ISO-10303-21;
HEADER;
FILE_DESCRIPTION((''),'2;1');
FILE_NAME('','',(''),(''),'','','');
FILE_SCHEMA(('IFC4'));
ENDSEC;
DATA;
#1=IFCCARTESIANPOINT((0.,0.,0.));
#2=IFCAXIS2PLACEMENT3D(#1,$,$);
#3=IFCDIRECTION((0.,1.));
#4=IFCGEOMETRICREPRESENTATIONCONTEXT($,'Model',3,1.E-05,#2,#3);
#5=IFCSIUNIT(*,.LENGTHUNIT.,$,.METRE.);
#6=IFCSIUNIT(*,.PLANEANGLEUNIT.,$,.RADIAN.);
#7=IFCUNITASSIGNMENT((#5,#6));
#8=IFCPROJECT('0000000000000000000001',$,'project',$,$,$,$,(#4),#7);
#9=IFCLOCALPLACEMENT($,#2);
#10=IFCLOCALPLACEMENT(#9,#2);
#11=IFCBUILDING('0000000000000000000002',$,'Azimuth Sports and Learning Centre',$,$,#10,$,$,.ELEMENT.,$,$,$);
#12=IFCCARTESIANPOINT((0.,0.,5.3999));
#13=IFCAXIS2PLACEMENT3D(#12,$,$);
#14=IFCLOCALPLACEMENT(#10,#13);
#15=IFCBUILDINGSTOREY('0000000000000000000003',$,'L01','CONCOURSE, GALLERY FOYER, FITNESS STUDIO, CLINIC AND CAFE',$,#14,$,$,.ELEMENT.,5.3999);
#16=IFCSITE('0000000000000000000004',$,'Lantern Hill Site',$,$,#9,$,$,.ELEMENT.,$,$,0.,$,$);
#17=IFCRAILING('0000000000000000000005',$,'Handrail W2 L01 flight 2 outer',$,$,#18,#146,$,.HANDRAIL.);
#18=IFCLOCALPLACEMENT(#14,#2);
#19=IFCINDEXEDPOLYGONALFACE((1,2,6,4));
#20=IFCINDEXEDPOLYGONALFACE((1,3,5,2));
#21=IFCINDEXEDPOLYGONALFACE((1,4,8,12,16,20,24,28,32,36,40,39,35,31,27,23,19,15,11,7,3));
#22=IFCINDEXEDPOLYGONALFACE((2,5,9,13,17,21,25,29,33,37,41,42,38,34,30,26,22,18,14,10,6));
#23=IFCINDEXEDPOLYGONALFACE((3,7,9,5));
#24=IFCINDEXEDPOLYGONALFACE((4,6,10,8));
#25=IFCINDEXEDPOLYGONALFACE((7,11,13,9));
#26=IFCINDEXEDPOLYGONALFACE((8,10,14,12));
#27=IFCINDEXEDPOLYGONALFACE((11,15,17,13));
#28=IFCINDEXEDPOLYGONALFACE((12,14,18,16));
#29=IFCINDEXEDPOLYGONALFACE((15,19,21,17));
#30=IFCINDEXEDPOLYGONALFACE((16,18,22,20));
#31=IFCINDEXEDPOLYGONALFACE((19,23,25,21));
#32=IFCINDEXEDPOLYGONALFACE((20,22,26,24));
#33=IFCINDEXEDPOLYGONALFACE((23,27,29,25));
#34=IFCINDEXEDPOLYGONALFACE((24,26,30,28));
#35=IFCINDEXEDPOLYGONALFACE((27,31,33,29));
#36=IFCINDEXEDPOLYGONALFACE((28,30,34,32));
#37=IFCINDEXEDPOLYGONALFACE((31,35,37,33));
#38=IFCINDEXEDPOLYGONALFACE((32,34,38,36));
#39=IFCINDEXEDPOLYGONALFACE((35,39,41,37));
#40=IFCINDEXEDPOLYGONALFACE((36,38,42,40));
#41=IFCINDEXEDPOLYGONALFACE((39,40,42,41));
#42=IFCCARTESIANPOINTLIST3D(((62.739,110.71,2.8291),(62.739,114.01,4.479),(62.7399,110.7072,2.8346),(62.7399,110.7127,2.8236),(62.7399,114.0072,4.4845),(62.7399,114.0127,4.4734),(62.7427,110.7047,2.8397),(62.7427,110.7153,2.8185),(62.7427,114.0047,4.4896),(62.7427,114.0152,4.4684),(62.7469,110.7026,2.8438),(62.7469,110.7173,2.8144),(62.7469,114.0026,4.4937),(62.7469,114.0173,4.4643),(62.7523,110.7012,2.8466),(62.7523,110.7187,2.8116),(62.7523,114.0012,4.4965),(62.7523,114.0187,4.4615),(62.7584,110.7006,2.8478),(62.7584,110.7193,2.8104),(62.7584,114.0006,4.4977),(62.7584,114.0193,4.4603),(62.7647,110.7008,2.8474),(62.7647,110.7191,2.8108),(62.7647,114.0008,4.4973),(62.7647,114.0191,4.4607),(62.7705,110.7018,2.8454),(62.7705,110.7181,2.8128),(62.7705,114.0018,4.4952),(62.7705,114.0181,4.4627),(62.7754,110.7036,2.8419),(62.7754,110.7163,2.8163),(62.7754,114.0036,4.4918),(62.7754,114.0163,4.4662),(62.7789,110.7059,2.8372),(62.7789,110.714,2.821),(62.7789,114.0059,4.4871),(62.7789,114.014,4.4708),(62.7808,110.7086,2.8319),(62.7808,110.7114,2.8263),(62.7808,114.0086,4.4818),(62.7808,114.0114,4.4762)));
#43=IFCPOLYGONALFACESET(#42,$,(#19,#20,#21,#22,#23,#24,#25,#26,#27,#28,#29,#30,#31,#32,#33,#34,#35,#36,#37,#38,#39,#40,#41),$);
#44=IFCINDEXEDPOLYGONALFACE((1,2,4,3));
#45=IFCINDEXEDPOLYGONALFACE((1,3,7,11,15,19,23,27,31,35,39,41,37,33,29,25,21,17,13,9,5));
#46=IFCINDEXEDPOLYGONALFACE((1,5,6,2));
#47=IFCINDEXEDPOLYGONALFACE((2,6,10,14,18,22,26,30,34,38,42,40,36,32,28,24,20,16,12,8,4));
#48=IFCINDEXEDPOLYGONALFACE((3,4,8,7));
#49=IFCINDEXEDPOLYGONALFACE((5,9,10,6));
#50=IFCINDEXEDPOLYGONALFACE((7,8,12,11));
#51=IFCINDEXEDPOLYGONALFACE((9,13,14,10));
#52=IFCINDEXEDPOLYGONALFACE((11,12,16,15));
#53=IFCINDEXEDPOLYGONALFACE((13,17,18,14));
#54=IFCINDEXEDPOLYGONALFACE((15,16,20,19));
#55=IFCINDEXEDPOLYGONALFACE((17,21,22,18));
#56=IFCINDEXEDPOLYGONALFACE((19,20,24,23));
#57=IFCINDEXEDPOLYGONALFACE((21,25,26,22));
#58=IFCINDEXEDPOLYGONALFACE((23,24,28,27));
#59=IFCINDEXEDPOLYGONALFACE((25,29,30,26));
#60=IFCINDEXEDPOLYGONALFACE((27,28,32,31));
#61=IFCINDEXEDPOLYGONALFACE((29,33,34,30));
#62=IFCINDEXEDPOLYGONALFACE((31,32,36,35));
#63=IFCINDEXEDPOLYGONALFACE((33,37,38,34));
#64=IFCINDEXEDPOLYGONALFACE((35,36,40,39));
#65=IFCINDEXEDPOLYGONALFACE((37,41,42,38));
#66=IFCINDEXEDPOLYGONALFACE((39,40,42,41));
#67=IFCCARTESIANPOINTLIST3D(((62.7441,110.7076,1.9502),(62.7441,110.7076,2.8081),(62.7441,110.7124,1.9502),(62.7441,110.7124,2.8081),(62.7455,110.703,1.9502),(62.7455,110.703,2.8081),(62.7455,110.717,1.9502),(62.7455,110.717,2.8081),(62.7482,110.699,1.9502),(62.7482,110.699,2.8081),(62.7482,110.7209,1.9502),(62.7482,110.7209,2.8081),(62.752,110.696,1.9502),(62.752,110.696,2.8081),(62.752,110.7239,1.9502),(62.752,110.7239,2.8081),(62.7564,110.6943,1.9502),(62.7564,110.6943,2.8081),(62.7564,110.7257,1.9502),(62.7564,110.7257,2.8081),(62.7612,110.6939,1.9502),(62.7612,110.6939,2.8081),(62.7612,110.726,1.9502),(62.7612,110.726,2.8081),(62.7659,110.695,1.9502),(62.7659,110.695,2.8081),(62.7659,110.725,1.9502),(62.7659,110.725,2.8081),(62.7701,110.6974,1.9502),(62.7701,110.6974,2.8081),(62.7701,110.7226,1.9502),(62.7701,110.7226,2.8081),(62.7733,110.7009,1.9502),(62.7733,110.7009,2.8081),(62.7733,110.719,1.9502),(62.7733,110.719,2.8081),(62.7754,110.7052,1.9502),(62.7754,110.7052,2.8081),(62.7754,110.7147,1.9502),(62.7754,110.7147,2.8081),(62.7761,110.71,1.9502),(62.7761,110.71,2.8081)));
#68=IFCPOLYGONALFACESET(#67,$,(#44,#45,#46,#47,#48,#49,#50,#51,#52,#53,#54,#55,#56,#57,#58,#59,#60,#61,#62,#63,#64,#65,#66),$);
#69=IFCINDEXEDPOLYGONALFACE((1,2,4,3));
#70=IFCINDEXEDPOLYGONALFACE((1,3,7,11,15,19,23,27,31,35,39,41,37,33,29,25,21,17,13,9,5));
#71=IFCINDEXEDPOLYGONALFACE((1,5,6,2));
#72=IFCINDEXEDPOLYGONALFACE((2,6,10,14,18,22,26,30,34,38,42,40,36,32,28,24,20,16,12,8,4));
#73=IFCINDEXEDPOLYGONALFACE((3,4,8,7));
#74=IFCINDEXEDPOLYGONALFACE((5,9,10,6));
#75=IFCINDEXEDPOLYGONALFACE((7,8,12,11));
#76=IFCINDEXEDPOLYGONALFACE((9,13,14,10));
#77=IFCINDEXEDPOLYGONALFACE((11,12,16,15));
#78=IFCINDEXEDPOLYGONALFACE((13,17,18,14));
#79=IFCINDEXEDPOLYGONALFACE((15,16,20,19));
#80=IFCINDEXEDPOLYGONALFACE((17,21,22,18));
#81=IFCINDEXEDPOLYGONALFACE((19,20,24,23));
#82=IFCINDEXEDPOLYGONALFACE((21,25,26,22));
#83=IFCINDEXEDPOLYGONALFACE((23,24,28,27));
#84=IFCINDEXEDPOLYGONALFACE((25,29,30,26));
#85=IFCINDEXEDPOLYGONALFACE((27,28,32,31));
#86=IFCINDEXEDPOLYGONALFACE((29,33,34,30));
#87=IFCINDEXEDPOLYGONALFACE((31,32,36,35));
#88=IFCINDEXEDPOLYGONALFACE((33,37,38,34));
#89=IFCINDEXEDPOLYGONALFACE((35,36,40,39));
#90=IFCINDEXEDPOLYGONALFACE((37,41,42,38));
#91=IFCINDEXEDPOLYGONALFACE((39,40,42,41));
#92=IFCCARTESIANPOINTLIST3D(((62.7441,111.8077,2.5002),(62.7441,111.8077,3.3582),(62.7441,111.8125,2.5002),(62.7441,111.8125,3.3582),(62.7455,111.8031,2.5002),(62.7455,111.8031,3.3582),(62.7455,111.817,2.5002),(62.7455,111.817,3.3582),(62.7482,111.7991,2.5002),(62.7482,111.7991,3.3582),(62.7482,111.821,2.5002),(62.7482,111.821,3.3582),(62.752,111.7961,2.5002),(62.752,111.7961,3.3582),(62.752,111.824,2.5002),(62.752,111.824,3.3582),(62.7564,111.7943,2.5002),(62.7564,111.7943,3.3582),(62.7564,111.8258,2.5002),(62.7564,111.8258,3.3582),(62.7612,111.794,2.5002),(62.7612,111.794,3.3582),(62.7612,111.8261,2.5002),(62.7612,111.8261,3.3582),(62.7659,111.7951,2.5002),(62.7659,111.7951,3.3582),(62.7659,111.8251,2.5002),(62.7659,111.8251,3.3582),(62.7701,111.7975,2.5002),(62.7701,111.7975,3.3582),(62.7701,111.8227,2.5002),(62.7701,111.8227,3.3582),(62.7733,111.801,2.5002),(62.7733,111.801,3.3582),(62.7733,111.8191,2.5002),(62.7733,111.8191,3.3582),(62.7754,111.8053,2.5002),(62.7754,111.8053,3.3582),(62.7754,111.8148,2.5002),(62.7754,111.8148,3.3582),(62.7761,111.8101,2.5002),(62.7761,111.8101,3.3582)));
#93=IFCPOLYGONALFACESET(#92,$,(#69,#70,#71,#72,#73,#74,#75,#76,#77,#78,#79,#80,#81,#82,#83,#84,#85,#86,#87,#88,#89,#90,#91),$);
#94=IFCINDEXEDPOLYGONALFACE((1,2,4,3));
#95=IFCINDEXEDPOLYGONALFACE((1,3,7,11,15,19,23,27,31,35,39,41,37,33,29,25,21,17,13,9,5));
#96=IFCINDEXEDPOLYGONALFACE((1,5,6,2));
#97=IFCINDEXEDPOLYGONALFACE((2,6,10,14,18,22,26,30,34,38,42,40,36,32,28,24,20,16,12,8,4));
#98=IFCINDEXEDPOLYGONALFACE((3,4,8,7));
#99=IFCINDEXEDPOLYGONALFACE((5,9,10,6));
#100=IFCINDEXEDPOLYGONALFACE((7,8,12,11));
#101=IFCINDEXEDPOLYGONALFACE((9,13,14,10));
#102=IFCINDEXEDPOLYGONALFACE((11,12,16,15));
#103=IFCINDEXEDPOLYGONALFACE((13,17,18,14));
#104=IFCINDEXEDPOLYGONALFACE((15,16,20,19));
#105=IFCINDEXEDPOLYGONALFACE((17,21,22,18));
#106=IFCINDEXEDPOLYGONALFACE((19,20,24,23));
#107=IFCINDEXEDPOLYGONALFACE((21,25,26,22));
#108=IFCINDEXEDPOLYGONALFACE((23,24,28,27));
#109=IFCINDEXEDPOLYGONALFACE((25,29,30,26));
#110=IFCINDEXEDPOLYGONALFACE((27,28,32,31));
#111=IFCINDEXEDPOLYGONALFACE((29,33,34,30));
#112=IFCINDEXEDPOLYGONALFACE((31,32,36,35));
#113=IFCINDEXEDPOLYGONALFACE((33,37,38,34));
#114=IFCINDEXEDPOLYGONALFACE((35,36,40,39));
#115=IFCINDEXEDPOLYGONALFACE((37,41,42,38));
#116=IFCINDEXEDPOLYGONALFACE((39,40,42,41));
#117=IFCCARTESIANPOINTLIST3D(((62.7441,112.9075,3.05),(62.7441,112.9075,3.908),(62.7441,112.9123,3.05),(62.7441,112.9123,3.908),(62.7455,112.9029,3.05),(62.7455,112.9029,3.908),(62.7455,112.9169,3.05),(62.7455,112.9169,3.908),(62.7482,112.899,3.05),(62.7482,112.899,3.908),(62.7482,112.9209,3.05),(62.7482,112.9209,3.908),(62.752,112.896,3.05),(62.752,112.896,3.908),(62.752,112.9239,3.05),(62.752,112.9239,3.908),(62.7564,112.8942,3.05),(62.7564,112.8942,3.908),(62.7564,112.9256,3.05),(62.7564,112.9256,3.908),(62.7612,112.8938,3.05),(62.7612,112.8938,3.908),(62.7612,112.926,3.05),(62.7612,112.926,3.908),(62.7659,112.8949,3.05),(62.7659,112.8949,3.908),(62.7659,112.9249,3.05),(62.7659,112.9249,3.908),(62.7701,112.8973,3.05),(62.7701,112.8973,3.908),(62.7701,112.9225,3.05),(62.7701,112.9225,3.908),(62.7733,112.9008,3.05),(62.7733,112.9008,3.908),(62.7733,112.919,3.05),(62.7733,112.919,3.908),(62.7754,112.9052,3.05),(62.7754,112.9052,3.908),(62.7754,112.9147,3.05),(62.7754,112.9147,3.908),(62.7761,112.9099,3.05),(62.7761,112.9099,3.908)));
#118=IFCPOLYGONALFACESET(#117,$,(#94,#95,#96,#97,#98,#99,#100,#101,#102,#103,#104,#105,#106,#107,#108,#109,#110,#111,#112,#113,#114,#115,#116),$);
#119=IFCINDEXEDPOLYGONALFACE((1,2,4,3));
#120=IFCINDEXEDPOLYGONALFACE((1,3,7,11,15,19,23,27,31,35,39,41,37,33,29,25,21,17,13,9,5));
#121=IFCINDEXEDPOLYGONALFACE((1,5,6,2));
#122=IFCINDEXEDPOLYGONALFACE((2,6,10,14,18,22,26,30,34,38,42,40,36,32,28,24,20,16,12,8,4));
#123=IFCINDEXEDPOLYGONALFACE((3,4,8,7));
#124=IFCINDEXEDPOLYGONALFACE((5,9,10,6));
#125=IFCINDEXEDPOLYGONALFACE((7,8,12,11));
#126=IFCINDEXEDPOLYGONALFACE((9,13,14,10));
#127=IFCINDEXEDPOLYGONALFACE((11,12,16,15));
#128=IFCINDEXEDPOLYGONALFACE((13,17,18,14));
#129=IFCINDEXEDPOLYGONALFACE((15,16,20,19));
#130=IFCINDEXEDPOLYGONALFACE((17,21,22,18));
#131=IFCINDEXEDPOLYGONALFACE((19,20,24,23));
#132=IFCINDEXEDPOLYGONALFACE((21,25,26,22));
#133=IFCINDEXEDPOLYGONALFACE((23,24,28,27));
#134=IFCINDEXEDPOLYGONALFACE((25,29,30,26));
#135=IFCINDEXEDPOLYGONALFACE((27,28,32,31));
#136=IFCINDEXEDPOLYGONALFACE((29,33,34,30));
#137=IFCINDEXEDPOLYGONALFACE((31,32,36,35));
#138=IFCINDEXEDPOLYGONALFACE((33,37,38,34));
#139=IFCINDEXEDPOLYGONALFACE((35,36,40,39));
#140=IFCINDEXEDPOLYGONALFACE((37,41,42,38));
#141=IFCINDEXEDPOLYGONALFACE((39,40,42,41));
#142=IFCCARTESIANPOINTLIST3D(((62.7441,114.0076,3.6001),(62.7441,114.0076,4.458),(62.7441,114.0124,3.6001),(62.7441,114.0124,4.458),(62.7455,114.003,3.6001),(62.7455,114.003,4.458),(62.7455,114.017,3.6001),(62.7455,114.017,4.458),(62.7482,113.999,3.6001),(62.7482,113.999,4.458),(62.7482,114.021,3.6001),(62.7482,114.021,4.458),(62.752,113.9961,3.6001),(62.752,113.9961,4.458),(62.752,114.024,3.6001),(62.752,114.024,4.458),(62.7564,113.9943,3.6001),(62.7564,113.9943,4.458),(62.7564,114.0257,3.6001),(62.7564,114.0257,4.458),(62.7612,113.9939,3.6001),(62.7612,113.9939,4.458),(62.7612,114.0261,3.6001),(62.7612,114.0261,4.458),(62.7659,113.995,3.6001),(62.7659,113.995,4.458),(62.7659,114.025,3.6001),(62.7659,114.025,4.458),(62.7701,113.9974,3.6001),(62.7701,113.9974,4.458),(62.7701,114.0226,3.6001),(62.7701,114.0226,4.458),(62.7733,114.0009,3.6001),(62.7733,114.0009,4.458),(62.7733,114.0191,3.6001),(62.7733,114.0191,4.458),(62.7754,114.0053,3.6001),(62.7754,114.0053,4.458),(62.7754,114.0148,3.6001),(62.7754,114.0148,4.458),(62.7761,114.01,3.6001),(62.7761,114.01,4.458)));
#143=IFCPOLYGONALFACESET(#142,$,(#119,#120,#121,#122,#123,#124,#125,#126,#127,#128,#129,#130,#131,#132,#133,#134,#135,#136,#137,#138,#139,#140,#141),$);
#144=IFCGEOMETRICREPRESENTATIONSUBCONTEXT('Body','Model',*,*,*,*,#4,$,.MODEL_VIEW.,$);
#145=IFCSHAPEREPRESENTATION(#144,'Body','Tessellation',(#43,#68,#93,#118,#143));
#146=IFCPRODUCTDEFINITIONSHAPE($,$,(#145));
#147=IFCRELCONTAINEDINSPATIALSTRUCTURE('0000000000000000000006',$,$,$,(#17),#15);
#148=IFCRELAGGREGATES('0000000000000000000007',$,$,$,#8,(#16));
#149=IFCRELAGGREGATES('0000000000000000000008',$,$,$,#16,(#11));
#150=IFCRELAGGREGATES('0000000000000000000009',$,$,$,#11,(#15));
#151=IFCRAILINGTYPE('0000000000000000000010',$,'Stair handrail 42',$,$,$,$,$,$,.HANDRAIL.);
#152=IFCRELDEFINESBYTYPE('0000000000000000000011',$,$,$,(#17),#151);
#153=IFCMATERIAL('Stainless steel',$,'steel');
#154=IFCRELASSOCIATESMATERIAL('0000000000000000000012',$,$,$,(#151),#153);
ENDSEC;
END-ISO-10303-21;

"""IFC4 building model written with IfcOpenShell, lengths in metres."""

from ifc_helpers import new_model, si_unit, direction, frame, origin, origin_2d, place, context, subcontext, project, spatial, circle, extrude, material, type_object, element, save


model = new_model("IFC4")

# Units and contexts
model_context = context("Model", 3, precision=1e-05, world=origin(), true_north=direction((0.0, 1.0)))
body_context = subcontext(model_context, "Body", "Model", "MODEL_VIEW")
ifc_project = project(units=[si_unit("LENGTHUNIT", "METRE"), si_unit("PLANEANGLEUNIT", "RADIAN")], contexts=[model_context])

# Site, building, storey
site_placement = place(None, origin())
site = spatial("IfcSite", under=ifc_project, at=site_placement, Name="Lantern Hill Site", CompositionType="ELEMENT", RefElevation=0.0)
building_placement = place(site_placement, origin())
building = spatial("IfcBuilding", under=site, at=building_placement, Name="Azimuth Sports and Learning Centre", CompositionType="ELEMENT")
storey_placement = place(building_placement, frame((0.0, 0.0, 5.3999)))
storey = spatial("IfcBuildingStorey", under=building, at=storey_placement, Name="L01", Description="CONCOURSE, GALLERY FOYER, FITNESS STUDIO, CLINIC AND CAFE", CompositionType="ELEMENT", Elevation=5.3999)

# Railing
ifc_material_1 = material(Name="Stainless steel", Category="steel")
railing_type_1 = type_object("IfcRailingType", Name="Stair handrail 42", PredefinedType="HANDRAIL", material=ifc_material_1)
for number, where, name in (
    (1, (62.76, 110.71, 1.9502), "Handrail W2 L01 flight 2 outer"),
):
    element("IfcRailing", number, at=place(storey_placement, frame(where)), inside=storey, type_object=railing_type_1, Name=name, PredefinedType="HANDRAIL", context=body_context, shape_type="SweptSolid", body=[
        extrude(circle(Radius=0.021, at=origin_2d()), frame((0.0, 0.0, 0.8789), z_axis=(0.0, 0.89444, 0.447187), x_axis=(-1.0, 0.0, 0.0)), (0.0, 0.0, 1.0), 3.6895),
        extrude(circle(Radius=0.0161, at=origin_2d()), origin(), (0.0, 0.0, 1.0), 0.8579),
        extrude(circle(Radius=0.0161, at=origin_2d()), frame((0.0, 1.1001, 0.55)), (0.0, 0.0, 1.0), 0.8579),
        extrude(circle(Radius=0.0161, at=origin_2d()), frame((0.0, 2.2, 1.0999)), (0.0, 0.0, 1.0), 0.8579),
        extrude(circle(Radius=0.0161, at=origin_2d()), frame((0.0, 3.3, 1.6499)), (0.0, 0.0, 1.0), 0.8579),
    ])

save(model, "model.ifc")
